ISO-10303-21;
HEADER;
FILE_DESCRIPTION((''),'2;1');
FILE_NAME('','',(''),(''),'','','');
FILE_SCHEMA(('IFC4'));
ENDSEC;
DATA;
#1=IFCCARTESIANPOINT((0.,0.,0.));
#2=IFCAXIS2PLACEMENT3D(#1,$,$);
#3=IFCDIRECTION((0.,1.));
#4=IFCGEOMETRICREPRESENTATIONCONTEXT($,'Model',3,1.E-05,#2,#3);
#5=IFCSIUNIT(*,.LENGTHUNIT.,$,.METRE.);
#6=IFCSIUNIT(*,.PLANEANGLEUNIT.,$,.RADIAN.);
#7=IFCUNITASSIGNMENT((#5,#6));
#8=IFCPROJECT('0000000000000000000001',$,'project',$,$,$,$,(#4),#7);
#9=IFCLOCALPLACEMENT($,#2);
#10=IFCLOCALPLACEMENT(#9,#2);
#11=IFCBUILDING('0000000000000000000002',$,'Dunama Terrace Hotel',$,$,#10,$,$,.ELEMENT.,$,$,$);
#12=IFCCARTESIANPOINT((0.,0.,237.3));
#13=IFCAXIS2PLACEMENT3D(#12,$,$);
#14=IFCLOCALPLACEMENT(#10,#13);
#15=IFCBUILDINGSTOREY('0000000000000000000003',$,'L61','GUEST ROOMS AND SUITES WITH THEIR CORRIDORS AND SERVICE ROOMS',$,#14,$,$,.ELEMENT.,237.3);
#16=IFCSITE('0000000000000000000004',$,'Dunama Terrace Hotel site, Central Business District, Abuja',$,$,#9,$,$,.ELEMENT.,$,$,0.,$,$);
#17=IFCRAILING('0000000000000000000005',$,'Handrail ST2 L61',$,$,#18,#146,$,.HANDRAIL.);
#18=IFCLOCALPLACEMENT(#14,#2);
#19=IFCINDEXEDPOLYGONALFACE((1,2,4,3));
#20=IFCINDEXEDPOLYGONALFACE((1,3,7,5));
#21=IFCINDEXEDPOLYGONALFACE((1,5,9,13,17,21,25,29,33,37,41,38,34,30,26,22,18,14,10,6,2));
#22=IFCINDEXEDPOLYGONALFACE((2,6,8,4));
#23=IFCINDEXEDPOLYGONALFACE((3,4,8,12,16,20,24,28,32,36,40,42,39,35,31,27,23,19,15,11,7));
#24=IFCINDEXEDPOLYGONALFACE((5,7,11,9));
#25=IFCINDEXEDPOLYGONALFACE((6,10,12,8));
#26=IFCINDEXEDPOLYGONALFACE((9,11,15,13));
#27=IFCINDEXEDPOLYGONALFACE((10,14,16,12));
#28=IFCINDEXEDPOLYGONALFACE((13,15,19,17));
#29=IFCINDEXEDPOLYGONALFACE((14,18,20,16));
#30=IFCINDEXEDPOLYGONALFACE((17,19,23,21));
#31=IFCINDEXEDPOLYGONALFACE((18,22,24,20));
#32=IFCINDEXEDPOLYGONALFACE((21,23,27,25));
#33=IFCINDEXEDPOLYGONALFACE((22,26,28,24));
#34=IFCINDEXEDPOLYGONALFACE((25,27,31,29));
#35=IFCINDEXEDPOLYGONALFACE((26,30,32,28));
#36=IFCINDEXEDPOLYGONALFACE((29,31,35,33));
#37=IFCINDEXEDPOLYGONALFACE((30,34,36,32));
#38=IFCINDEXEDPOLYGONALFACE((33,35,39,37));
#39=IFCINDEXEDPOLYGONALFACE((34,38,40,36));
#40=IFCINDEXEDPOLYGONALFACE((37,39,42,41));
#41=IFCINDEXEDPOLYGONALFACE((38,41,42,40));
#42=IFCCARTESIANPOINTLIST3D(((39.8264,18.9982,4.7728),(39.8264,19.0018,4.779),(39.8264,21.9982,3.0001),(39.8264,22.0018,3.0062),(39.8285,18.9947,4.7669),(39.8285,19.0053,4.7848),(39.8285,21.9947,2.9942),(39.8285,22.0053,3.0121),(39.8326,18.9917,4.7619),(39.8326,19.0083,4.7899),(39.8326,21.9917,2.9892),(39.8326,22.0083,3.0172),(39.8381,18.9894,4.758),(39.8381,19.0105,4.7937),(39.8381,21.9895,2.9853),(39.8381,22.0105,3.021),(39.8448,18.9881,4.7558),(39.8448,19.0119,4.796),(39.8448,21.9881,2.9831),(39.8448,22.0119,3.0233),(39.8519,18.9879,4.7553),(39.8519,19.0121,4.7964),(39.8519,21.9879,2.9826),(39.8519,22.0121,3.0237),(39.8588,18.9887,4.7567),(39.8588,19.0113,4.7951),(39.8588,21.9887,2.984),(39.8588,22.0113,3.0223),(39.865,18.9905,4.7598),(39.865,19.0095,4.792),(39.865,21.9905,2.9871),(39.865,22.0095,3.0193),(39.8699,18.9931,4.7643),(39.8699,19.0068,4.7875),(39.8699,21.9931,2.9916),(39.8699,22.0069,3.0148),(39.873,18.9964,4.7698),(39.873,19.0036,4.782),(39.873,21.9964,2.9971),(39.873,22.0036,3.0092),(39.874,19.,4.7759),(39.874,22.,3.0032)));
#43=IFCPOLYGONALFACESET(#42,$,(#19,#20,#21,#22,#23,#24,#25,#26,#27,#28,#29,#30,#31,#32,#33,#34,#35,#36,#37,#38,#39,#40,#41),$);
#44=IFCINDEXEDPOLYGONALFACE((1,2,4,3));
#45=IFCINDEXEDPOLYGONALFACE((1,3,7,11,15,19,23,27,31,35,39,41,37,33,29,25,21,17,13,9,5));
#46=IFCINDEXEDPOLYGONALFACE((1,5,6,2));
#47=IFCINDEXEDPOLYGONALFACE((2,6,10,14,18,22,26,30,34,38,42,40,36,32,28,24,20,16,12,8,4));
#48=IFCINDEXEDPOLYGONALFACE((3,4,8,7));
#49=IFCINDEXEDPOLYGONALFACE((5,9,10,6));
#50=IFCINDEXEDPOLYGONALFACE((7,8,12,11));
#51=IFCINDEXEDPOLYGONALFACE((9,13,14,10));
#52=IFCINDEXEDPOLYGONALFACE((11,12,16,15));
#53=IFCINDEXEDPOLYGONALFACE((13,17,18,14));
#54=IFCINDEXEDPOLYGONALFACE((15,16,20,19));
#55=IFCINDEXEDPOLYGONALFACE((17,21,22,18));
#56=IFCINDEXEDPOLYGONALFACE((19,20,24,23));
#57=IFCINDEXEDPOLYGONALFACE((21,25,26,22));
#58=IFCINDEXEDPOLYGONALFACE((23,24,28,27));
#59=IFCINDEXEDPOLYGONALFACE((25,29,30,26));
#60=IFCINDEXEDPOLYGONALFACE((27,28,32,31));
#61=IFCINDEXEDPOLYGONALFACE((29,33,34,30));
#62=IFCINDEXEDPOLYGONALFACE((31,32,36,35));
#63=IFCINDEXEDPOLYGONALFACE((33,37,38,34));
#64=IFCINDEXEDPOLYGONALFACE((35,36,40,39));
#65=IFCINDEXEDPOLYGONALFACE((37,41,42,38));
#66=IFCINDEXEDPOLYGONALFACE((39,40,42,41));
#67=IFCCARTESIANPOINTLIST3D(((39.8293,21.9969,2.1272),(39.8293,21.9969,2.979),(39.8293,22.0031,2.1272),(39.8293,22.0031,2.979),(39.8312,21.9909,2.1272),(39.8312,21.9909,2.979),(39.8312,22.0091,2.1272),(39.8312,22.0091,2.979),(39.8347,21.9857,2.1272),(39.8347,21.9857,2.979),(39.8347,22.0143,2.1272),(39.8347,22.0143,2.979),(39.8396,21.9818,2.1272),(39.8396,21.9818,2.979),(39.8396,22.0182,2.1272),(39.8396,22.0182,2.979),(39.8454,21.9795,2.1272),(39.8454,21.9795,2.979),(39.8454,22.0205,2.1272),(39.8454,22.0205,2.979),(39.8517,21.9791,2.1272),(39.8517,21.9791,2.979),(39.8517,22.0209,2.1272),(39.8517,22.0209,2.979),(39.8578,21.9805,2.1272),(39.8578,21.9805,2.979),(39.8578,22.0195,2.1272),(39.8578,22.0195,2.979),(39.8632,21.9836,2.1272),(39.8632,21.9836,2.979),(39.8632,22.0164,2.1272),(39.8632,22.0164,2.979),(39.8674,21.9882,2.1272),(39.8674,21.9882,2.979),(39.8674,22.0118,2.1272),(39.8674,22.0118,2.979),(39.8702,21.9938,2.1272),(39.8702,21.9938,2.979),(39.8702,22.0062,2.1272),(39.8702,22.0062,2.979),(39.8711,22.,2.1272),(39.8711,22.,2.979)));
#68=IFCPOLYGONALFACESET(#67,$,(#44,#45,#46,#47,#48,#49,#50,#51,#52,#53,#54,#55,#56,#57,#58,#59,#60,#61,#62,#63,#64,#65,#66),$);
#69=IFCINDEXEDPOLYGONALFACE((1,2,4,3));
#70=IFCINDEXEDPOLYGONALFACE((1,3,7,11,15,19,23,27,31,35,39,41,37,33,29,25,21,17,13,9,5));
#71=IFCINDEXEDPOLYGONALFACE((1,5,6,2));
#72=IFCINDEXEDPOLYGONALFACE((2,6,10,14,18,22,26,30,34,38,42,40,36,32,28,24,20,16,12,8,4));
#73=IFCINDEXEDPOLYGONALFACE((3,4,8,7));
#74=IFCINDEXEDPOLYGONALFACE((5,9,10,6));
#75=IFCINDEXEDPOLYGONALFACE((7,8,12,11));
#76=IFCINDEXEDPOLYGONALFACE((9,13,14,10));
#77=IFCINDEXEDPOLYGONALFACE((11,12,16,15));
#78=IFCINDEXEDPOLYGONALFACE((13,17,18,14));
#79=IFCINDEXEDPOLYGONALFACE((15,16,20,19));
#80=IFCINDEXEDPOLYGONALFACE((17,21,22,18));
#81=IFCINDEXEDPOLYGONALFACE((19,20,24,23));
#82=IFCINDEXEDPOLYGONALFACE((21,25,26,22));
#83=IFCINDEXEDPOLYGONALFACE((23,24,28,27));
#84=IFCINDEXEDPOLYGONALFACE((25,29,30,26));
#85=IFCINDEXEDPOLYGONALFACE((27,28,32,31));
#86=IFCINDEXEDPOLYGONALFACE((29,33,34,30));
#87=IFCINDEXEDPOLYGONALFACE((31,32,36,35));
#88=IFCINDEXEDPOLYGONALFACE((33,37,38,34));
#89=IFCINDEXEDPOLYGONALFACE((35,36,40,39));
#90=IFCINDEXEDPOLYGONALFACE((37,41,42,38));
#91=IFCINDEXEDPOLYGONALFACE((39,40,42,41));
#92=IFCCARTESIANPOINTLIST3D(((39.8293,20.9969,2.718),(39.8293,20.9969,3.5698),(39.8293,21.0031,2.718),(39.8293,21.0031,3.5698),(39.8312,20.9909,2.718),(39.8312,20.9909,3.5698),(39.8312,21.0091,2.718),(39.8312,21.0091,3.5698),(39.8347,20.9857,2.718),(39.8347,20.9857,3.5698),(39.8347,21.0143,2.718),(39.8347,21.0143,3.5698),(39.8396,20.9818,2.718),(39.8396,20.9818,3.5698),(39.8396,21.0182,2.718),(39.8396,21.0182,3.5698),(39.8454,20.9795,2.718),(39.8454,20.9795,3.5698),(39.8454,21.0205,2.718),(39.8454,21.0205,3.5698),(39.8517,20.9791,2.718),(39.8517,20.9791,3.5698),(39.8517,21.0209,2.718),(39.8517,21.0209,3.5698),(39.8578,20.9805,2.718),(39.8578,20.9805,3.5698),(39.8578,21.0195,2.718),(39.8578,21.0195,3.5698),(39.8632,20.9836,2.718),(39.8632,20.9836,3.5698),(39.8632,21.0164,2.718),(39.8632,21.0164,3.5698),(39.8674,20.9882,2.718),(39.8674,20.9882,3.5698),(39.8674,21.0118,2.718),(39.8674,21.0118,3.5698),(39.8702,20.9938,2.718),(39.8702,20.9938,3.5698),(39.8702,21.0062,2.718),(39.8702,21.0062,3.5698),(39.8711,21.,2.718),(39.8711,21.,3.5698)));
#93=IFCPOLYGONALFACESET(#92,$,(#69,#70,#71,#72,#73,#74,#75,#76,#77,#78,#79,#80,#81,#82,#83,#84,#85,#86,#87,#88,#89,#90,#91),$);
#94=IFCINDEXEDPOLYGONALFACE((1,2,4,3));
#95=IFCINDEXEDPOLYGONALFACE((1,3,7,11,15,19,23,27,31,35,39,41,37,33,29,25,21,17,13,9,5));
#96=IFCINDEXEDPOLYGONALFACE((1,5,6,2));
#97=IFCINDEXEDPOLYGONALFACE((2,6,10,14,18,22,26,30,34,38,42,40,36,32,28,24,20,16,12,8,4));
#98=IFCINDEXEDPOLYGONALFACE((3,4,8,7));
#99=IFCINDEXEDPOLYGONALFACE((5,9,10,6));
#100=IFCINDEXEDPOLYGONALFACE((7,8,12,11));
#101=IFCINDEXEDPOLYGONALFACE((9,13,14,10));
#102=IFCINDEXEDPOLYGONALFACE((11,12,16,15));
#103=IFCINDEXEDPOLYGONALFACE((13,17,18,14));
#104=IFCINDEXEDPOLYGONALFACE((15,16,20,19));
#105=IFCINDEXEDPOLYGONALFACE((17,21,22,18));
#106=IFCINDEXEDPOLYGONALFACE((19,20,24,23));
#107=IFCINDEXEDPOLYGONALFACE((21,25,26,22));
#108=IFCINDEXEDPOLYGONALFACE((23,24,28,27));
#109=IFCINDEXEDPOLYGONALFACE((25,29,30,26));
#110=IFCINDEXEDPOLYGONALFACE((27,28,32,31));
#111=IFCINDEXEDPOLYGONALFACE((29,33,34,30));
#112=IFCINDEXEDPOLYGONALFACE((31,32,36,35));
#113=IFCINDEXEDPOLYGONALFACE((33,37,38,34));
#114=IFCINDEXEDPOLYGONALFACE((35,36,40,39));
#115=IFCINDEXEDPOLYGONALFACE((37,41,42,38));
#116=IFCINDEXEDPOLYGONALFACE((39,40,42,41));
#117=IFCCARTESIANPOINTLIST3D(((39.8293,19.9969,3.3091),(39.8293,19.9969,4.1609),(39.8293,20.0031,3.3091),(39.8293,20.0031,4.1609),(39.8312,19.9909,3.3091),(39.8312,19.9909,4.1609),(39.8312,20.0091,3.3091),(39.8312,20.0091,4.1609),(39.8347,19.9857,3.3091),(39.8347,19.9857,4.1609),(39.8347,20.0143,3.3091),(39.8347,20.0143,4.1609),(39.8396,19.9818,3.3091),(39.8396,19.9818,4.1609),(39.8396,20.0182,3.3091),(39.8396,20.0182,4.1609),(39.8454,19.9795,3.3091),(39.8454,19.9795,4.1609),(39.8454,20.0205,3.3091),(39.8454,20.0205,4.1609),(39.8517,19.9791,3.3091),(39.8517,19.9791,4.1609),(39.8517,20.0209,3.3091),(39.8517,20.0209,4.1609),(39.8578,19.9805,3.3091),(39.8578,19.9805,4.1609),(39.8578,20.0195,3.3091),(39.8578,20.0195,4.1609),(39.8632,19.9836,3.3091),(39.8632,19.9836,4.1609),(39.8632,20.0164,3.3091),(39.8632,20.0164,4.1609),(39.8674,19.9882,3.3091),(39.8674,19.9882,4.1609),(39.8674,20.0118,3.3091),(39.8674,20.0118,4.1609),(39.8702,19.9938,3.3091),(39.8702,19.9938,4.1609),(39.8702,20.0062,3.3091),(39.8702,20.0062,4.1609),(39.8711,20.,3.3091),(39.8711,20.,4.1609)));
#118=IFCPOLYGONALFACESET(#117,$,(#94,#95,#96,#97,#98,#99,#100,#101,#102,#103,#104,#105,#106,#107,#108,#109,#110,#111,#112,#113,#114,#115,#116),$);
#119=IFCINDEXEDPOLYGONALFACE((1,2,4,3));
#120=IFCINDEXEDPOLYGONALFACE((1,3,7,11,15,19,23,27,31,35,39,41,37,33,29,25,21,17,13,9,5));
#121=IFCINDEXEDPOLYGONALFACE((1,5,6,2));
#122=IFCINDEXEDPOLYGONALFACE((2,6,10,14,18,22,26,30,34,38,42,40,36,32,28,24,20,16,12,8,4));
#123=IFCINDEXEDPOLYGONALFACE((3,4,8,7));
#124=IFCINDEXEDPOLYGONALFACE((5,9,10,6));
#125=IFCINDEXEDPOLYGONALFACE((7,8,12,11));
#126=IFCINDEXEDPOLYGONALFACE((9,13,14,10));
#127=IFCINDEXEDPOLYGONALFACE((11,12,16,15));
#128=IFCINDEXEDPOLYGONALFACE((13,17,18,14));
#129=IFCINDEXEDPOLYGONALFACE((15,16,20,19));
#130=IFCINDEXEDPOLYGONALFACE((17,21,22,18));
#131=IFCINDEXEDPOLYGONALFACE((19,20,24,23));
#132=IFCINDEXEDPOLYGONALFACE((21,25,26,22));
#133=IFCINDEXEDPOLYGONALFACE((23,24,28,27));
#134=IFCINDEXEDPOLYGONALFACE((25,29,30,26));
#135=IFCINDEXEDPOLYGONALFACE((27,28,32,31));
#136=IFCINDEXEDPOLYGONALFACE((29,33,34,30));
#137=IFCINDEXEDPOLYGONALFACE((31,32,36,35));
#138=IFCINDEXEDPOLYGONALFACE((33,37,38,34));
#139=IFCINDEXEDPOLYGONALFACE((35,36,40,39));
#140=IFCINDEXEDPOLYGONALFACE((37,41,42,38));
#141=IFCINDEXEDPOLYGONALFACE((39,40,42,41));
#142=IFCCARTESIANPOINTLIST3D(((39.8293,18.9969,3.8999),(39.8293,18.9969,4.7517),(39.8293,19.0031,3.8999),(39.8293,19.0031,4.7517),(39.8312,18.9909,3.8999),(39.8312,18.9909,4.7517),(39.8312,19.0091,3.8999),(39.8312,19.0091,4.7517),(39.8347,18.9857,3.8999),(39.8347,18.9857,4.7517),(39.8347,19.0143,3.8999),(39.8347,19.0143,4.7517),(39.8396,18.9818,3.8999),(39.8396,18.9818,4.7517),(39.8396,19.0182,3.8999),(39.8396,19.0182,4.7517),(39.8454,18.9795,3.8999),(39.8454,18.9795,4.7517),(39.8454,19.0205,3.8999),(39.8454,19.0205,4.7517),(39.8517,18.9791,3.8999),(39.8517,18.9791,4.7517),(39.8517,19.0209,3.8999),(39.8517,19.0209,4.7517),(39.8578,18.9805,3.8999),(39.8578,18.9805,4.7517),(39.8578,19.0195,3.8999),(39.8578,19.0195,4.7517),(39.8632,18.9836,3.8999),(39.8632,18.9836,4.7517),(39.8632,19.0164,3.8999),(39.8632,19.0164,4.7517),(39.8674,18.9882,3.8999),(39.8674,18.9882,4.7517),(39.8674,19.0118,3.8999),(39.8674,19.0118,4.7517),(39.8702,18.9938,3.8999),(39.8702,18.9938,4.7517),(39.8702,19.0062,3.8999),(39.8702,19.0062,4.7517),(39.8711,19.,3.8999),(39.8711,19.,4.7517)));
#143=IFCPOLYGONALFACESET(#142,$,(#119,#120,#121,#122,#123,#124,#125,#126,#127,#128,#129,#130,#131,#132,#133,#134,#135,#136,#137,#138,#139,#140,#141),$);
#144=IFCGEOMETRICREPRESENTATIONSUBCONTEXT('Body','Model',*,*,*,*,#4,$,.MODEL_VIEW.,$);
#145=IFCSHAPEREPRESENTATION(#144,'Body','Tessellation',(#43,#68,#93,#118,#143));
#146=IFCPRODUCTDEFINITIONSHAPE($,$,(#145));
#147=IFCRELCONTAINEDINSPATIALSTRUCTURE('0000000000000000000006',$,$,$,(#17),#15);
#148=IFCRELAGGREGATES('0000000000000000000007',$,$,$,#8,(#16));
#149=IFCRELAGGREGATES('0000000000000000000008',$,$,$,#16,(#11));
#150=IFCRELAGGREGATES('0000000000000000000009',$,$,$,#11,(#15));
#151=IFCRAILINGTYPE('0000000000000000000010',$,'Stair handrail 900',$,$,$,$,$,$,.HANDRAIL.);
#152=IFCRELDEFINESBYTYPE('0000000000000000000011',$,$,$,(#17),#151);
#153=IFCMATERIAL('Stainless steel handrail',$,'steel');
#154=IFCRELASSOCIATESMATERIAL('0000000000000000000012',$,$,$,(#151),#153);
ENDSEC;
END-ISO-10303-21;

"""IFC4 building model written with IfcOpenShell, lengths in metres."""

from ifc_helpers import new_model, si_unit, direction, frame, origin, origin_2d, place, context, subcontext, project, spatial, circle, extrude, material, type_object, element, save


model = new_model("IFC4")

# Units and contexts
model_context = context("Model", 3, precision=1e-05, world=origin(), true_north=direction((0.0, 1.0)))
body_context = subcontext(model_context, "Body", "Model", "MODEL_VIEW")
ifc_project = project(units=[si_unit("LENGTHUNIT", "METRE"), si_unit("PLANEANGLEUNIT", "RADIAN")], contexts=[model_context])

# Site, building, storey
site_placement = place(None, origin())
site = spatial("IfcSite", under=ifc_project, at=site_placement, Name="Dunama Terrace Hotel site, Central Business District, Abuja", CompositionType="ELEMENT", RefElevation=0.0)
building_placement = place(site_placement, origin())
building = spatial("IfcBuilding", under=site, at=building_placement, Name="Dunama Terrace Hotel", CompositionType="ELEMENT")
storey_placement = place(building_placement, frame((0.0, 0.0, 237.3)))
storey = spatial("IfcBuildingStorey", under=building, at=storey_placement, Name="L61", Description="GUEST ROOMS AND SUITES WITH THEIR CORRIDORS AND SERVICE ROOMS", CompositionType="ELEMENT", Elevation=237.3)

# Railing
ifc_material_1 = material(Name="Stainless steel handrail", Category="steel")
railing_type_1 = type_object("IfcRailingType", Name="Stair handrail 900", PredefinedType="HANDRAIL", material=ifc_material_1)
railing_1_placement = place(storey_placement, frame((39.8501, 22.0, 2.1272)))
element("IfcRailing", 1, at=railing_1_placement, inside=storey, type_object=railing_type_1, Name="Handrail ST2 L61", PredefinedType="HANDRAIL", context=body_context, shape_type="SweptSolid", body=[
    extrude(circle(Radius=0.0239, at=origin_2d()), frame((0.0, 0.0, 0.876), z_axis=(0.0, -0.860929, 0.508725), x_axis=(1.0, 0.0, 0.0)), (0.0, 0.0, 1.0), 3.4846),
    extrude(circle(Radius=0.021, at=origin_2d()), origin(), (0.0, 0.0, 1.0), 0.8518),
    extrude(circle(Radius=0.021, at=origin_2d()), frame((0.0, -1.0, 0.5908)), (0.0, 0.0, 1.0), 0.8518),
    extrude(circle(Radius=0.021, at=origin_2d()), frame((0.0, -2.0, 1.1819)), (0.0, 0.0, 1.0), 0.8518),
    extrude(circle(Radius=0.021, at=origin_2d()), frame((0.0, -3.0, 1.7727)), (0.0, 0.0, 1.0), 0.8518),
])

save(model, "model.ifc")
